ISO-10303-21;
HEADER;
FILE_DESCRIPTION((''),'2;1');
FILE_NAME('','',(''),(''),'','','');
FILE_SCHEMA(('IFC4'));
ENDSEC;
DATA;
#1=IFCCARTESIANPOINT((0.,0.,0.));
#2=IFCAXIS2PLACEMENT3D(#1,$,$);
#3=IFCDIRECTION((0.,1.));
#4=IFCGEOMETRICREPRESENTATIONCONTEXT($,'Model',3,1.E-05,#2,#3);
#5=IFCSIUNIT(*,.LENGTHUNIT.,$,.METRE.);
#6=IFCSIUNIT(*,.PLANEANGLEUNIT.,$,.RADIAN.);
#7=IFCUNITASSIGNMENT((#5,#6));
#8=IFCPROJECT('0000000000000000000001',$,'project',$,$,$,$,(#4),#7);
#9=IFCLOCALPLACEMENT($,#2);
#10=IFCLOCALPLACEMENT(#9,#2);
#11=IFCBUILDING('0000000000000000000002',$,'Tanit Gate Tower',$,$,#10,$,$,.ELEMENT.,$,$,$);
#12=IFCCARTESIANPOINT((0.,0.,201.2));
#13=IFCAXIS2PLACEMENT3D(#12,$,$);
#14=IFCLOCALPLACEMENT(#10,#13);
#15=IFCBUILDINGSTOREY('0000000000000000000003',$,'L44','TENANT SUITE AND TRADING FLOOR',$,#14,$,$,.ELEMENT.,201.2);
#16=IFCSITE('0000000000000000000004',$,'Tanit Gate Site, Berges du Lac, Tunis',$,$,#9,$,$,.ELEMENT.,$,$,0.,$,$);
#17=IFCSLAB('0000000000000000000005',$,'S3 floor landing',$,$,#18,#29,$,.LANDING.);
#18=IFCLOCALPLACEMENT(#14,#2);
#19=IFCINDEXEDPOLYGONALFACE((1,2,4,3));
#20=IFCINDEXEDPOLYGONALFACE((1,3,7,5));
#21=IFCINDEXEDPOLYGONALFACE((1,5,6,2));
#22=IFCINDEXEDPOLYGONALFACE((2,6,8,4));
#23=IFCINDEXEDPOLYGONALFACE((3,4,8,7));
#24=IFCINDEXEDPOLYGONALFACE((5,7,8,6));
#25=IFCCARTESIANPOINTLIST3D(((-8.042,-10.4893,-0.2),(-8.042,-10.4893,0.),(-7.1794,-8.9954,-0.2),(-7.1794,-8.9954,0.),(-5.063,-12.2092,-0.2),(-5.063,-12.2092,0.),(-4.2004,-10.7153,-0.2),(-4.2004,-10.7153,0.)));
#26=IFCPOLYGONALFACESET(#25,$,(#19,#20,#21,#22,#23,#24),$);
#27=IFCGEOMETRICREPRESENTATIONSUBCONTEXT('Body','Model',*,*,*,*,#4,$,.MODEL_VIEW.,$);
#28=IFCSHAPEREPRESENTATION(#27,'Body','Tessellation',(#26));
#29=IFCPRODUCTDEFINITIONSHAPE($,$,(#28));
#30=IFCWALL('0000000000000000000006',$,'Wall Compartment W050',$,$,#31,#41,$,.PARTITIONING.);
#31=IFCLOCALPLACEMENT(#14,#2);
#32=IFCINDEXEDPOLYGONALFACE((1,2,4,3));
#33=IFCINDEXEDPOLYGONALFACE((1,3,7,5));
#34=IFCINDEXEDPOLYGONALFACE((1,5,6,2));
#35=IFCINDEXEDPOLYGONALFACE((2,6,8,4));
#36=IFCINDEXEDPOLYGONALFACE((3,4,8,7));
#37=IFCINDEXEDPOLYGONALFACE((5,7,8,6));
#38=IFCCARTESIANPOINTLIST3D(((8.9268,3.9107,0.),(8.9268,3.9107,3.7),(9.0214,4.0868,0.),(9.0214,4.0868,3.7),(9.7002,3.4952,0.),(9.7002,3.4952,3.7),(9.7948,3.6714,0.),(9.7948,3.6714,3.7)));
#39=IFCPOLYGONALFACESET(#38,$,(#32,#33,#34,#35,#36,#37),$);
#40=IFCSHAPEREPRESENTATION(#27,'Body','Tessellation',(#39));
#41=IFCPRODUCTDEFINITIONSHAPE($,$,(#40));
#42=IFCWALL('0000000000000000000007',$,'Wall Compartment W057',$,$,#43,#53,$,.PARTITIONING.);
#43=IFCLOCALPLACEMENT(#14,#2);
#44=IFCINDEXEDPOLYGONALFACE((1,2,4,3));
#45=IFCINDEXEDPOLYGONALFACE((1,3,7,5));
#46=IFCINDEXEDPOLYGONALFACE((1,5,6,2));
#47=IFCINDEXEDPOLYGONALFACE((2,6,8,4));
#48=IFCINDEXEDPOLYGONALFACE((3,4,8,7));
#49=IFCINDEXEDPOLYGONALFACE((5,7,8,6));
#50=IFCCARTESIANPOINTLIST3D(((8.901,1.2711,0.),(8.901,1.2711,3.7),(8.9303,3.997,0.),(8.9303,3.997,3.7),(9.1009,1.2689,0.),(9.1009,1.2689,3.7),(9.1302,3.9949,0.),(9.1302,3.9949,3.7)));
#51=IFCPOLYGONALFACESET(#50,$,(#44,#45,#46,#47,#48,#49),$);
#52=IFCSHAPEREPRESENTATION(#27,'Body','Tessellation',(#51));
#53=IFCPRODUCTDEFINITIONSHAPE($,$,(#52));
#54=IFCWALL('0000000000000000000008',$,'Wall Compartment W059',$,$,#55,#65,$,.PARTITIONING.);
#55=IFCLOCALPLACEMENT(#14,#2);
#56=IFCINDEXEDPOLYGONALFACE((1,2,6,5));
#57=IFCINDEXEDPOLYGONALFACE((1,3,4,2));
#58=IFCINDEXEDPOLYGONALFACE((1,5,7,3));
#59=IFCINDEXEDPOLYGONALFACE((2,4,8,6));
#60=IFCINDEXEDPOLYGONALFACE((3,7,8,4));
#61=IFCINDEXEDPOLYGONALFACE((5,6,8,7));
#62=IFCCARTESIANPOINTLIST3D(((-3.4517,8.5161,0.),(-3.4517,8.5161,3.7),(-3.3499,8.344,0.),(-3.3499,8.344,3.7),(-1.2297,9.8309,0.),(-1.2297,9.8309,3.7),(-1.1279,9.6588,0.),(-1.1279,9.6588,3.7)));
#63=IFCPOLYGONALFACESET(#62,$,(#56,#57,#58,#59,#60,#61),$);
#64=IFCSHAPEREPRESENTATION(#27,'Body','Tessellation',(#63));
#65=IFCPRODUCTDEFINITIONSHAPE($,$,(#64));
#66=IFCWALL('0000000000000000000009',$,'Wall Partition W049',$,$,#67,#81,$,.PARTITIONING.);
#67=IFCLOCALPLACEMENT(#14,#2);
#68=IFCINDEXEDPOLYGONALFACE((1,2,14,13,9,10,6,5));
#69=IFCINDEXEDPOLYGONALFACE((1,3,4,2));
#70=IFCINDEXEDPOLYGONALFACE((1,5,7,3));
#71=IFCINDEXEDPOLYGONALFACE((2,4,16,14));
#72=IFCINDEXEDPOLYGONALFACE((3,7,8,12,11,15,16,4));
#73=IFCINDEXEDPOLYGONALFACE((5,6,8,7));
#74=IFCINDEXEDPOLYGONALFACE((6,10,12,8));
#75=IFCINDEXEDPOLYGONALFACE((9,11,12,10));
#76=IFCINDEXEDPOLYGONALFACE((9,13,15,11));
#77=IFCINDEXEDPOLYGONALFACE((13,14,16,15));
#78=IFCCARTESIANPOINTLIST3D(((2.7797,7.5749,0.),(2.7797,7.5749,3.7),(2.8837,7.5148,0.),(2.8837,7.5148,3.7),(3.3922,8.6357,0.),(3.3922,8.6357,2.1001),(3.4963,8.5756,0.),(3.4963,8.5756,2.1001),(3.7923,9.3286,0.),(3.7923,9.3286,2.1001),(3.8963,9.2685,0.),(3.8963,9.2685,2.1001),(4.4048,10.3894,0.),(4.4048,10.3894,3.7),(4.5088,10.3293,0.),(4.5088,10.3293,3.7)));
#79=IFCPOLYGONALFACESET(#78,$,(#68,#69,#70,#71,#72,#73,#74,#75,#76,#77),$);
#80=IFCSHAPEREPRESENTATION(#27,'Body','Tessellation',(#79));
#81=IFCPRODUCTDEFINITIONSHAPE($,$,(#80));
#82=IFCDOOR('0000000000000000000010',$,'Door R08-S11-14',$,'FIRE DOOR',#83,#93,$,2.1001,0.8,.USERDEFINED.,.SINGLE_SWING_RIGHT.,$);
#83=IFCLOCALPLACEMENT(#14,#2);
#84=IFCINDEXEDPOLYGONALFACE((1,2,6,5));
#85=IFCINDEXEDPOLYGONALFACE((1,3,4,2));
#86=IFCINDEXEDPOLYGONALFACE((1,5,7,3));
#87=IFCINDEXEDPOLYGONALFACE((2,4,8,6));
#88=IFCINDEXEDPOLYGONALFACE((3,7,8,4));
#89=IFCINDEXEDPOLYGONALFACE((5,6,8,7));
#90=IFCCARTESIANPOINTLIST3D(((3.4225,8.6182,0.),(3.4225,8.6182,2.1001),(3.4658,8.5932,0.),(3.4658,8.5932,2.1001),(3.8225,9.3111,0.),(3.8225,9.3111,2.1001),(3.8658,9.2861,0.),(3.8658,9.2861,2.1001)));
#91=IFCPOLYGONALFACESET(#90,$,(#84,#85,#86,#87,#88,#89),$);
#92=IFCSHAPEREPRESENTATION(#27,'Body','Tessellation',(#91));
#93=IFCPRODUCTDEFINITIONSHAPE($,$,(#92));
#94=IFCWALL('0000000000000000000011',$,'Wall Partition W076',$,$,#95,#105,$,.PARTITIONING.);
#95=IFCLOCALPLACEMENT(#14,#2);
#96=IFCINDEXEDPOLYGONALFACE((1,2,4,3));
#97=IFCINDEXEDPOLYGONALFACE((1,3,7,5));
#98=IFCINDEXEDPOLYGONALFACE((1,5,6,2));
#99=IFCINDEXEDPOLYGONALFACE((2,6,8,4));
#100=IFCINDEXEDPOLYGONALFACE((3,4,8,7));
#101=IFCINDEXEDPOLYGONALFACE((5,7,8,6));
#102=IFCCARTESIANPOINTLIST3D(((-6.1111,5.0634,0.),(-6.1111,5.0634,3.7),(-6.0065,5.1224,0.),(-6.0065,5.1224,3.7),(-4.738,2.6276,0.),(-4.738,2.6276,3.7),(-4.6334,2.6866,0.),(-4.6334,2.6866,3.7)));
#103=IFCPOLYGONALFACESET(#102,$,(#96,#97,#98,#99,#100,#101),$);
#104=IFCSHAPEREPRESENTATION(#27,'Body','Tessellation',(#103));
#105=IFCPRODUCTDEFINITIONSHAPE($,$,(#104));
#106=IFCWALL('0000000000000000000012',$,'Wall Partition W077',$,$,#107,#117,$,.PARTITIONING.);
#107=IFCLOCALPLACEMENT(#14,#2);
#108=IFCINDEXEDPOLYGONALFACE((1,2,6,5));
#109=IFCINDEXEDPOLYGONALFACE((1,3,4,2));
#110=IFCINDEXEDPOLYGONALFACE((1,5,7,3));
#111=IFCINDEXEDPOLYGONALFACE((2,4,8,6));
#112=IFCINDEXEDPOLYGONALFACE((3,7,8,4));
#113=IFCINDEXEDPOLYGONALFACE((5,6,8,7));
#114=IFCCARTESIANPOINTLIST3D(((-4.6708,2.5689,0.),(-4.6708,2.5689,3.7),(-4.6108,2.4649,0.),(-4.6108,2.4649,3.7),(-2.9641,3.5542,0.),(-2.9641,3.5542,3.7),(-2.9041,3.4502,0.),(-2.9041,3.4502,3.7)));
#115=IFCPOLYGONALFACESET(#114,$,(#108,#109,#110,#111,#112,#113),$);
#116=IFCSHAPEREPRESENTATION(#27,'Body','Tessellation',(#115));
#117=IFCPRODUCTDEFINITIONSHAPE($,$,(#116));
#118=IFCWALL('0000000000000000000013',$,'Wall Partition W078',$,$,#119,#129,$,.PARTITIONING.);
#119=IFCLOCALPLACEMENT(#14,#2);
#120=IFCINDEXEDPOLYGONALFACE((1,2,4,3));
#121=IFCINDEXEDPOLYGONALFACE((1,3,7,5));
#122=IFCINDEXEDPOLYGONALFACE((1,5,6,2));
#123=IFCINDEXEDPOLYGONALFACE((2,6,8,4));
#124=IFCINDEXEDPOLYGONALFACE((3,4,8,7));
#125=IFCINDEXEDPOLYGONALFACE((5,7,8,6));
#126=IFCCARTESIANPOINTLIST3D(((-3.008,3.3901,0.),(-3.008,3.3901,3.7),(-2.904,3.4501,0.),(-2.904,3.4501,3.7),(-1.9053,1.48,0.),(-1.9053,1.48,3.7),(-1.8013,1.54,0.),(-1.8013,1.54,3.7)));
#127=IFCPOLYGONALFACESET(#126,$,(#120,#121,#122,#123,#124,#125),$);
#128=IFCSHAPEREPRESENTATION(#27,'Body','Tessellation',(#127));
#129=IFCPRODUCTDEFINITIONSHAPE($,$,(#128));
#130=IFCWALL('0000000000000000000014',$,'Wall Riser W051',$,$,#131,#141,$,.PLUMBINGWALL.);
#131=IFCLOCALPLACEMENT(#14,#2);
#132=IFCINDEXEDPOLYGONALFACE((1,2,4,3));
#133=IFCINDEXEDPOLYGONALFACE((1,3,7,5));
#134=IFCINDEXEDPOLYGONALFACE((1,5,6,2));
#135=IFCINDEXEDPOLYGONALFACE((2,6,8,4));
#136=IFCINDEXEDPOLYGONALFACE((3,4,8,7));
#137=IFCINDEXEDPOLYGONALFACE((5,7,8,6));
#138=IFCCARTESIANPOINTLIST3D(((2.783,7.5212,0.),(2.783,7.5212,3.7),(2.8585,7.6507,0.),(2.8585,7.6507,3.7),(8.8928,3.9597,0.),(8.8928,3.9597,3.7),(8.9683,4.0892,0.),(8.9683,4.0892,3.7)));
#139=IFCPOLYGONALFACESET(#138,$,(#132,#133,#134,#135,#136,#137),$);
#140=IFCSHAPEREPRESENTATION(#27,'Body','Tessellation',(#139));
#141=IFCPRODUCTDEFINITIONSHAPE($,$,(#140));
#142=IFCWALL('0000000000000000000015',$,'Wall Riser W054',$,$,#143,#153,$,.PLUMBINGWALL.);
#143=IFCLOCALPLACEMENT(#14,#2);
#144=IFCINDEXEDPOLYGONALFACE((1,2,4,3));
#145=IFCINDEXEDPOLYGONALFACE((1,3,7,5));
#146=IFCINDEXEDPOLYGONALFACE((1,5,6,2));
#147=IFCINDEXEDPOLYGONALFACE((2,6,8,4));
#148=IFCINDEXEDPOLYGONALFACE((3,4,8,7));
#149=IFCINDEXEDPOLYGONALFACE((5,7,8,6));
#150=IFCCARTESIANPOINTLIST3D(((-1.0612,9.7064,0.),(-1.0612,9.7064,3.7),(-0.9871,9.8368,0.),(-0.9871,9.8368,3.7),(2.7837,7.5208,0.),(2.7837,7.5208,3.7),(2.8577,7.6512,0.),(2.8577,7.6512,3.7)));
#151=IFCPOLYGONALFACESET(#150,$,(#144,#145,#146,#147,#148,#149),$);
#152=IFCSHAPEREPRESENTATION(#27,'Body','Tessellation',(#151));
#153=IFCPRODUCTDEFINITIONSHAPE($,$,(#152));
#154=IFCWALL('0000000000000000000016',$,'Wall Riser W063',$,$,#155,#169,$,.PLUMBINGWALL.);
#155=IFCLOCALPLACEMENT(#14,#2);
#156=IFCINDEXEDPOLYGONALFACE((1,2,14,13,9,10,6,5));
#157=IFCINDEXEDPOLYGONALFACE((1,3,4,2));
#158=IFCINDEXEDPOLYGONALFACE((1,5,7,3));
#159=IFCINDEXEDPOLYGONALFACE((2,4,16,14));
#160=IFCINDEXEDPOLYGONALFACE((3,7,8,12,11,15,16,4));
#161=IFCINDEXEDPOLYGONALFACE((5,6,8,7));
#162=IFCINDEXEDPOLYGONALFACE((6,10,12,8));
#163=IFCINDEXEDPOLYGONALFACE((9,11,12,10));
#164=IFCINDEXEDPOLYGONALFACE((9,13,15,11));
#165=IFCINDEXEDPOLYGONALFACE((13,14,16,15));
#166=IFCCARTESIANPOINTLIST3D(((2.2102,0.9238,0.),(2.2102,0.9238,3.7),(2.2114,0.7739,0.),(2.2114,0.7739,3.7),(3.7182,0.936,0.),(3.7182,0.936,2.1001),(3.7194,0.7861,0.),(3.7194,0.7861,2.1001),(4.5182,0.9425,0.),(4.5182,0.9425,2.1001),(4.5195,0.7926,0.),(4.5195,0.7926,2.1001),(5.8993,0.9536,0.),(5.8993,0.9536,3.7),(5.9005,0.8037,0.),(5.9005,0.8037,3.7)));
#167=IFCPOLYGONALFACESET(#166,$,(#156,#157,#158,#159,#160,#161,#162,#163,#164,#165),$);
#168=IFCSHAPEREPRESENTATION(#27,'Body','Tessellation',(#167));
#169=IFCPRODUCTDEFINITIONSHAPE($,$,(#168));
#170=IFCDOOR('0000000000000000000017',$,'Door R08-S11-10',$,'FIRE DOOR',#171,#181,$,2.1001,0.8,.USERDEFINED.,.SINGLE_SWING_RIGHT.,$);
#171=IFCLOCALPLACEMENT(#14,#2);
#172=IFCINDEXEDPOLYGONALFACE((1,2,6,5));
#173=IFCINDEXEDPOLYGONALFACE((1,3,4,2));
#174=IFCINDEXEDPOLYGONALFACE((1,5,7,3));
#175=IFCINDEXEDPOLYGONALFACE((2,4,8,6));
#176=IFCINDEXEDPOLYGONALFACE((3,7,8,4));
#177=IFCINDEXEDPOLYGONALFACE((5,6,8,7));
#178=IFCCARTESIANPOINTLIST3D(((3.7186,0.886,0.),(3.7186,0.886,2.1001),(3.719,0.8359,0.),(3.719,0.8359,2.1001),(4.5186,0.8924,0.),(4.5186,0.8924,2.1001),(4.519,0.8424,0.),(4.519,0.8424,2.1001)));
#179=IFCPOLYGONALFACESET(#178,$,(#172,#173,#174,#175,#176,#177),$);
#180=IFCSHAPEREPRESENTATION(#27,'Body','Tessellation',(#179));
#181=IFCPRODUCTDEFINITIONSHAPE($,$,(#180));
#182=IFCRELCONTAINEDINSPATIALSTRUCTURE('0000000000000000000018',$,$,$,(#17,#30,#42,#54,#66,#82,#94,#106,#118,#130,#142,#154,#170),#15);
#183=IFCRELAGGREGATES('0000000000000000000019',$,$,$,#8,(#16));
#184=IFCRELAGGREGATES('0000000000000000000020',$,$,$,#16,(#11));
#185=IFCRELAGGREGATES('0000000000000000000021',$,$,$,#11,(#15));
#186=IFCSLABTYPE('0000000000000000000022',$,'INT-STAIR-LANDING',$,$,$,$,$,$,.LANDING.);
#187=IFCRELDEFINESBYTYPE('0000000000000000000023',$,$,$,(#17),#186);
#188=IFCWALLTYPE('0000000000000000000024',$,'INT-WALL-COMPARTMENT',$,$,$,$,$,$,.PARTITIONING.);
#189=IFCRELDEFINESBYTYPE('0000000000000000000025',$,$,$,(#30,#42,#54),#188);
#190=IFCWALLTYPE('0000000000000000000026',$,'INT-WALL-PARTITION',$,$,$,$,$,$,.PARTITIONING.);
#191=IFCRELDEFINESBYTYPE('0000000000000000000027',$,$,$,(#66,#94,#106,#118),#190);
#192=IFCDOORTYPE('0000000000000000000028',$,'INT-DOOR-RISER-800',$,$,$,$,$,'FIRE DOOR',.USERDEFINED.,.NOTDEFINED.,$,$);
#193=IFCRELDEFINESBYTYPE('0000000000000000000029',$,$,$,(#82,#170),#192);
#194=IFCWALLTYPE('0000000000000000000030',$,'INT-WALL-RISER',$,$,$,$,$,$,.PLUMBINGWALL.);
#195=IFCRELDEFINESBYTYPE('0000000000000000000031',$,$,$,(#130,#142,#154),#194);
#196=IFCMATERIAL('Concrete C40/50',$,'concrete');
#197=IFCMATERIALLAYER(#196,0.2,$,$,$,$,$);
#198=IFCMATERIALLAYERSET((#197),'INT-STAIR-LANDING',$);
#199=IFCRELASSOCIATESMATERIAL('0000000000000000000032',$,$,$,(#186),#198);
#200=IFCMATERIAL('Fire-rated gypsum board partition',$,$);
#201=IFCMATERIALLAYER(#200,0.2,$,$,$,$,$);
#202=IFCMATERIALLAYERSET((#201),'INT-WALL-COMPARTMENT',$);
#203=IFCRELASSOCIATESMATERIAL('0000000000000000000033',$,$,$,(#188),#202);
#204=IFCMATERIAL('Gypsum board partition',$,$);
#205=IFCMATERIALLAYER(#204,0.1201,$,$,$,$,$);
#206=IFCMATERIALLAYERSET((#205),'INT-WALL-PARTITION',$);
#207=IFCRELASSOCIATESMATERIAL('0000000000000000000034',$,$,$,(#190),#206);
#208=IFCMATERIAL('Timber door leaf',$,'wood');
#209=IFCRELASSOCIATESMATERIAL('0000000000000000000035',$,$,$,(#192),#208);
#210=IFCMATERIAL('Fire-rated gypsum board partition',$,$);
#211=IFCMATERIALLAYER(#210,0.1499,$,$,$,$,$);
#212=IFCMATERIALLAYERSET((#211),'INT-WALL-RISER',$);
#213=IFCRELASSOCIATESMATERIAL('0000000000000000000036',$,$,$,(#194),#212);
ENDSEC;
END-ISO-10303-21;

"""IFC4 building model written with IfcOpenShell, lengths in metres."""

from ifc_helpers import new_model, si_unit, direction, frame, frame_2d, origin, place, context, subcontext, project, spatial, polyline, rectangle, outline, extrude, material, layer, layer_set, type_object, element, fill, save


model = new_model("IFC4")

# Units and contexts
model_context = context("Model", 3, precision=1e-05, world=origin(), true_north=direction((0.0, 1.0)))
body_context = subcontext(model_context, "Body", "Model", "MODEL_VIEW")
ifc_project = project(units=[si_unit("LENGTHUNIT", "METRE"), si_unit("PLANEANGLEUNIT", "RADIAN")], contexts=[model_context])

# Site, building, storey
site_placement = place(None, origin())
site = spatial("IfcSite", under=ifc_project, at=site_placement, Name="Tanit Gate Site, Berges du Lac, Tunis", CompositionType="ELEMENT", RefElevation=0.0)
building_placement = place(site_placement, origin())
building = spatial("IfcBuilding", under=site, at=building_placement, Name="Tanit Gate Tower", CompositionType="ELEMENT")
storey_placement = place(building_placement, frame((0.0, 0.0, 201.2)))
storey = spatial("IfcBuildingStorey", under=building, at=storey_placement, Name="L44", Description="TENANT SUITE AND TRADING FLOOR", CompositionType="ELEMENT", Elevation=201.2)

# Slab
ifc_material_1 = material(Name="Concrete C40/50", Category="concrete")
ifc_layer_1 = layer(ifc_material_1, 0.2)
ifc_layer_set_1 = layer_set([ifc_layer_1], Name="INT-STAIR-LANDING")
slab_type = type_object("IfcSlabType", Name="INT-STAIR-LANDING", PredefinedType="LANDING", material=ifc_layer_set_1)
slab_placement = place(storey_placement, frame((0.0, 0.0, -0.2)))
element("IfcSlab", 1, at=slab_placement, inside=storey, type_object=slab_type, Name="S3 floor landing", PredefinedType="LANDING", context=body_context, shape_type="SweptSolid", body=[
    extrude(outline(polyline([(-7.1794, -8.9954), (-8.042, -10.4893), (-5.063, -12.2092), (-4.2004, -10.7153), (-7.1794, -8.9954)])), origin(), (0.0, 0.0, 1.0), 0.2),
])

# Walls
ifc_material_2 = material(Name="Fire-rated gypsum board partition")
ifc_layer_2 = layer(ifc_material_2, 0.2)
ifc_layer_set_2 = layer_set([ifc_layer_2], Name="INT-WALL-COMPARTMENT")
wall_type_1 = type_object("IfcWallType", Name="INT-WALL-COMPARTMENT", PredefinedType="PARTITIONING", material=ifc_layer_set_2)
wall_1_placement = place(storey_placement, frame((8.9741, 3.9988, 0.0), z_axis=(0.0, 0.0, 1.0), x_axis=(0.880917, -0.473271, 0.0)))
element("IfcWall", 2, at=wall_1_placement, inside=storey, type_object=wall_type_1, Name="Wall Compartment W050", PredefinedType="PARTITIONING", context=body_context, shape_type="SweptSolid", body=[
    extrude(rectangle(XDim=0.8779, YDim=0.2, at=frame_2d((0.439, 0.0))), origin(), (0.0, 0.0, 1.0), 3.7),
])
wall_2_placement = place(storey_placement, frame((9.001, 1.27, 0.0), z_axis=(0.0, 0.0, 1.0), x_axis=(0.010747, 0.999942, 0.0)))
element("IfcWall", 3, at=wall_2_placement, inside=storey, type_object=wall_type_1, Name="Wall Compartment W057", PredefinedType="PARTITIONING", context=body_context, shape_type="SweptSolid", body=[
    extrude(rectangle(XDim=2.7261, YDim=0.2, at=frame_2d((1.363, 0.0))), origin(), (0.0, 0.0, 1.0), 3.7),
])
wall_3_placement = place(storey_placement, frame((-1.1787, 9.7449, 0.0), z_axis=(0.0, 0.0, 1.0), x_axis=(-0.860631, -0.509229, 0.0)))
element("IfcWall", 4, at=wall_3_placement, inside=storey, type_object=wall_type_1, Name="Wall Compartment W059", PredefinedType="PARTITIONING", context=body_context, shape_type="SweptSolid", body=[
    extrude(rectangle(XDim=2.5818, YDim=0.2, at=frame_2d((1.291, 0.0))), origin(), (0.0, 0.0, 1.0), 3.7),
])

# Wall, opening, door
ifc_material_3 = material(Name="Gypsum board partition")
ifc_layer_3 = layer(ifc_material_3, 0.1201)
ifc_layer_set_3 = layer_set([ifc_layer_3], Name="INT-WALL-PARTITION")
wall_type_2 = type_object("IfcWallType", Name="INT-WALL-PARTITION", PredefinedType="PARTITIONING", material=ifc_layer_set_3)
wall_4_placement = place(storey_placement, frame((4.4568, 10.3594, 0.0), z_axis=(0.0, 0.0, 1.0), x_axis=(-0.500017, -0.866015, 0.0)))
wall_4 = element("IfcWall", 5, at=wall_4_placement, inside=storey, type_object=wall_type_2, Name="Wall Partition W049", PredefinedType="PARTITIONING", context=body_context, shape_type="SweptSolid", body=[
    extrude(rectangle(XDim=3.25, YDim=0.1201, at=frame_2d((1.625, 0.0))), origin(), (0.0, 0.0, 1.0), 3.7),
])
opening_1_placement = place(wall_4_placement, frame((1.2251, 0.0, 0.0)))
opening_1 = element("IfcOpeningElement", 6, at=opening_1_placement, cuts=wall_4, PredefinedType="OPENING", context=body_context, shape_type="SweptSolid", body=[
    extrude(rectangle(XDim=0.8, YDim=2.1001, at=frame_2d((0.3999, 1.05))), frame((0.0, 0.0701, 0.0), z_axis=(0.0, -1.0, 0.0), x_axis=(1.0, 0.0, 0.0)), (0.0, 0.0, 1.0), 0.1401),
])
ifc_material_4 = material(Name="Timber door leaf", Category="wood")
door_type_1 = type_object("IfcDoorType", Name="INT-DOOR-RISER-800", ElementType="FIRE DOOR", OperationType="NOTDEFINED", PredefinedType="USERDEFINED", material=ifc_material_4)
door_1_placement = place(opening_1_placement, origin())
door_1 = element("IfcDoor", 7, at=door_1_placement, inside=storey, type_object=door_type_1, Name="Door R08-S11-14", ObjectType="FIRE DOOR", OperationType="SINGLE_SWING_RIGHT", OverallHeight=2.1001, OverallWidth=0.8, PredefinedType="USERDEFINED", context=body_context, shape_type="SweptSolid", body=[
    extrude(rectangle(XDim=0.8, YDim=2.1001, at=frame_2d((0.3999, 1.05))), frame((0.0, 0.0249, 0.0), z_axis=(0.0, -1.0, 0.0), x_axis=(1.0, 0.0, 0.0)), (0.0, 0.0, 1.0), 0.05),
])
fill(opening_1, door_1)

# Walls
wall_5_placement = place(storey_placement, frame((-4.6858, 2.6572, 0.0), z_axis=(0.0, 0.0, 1.0), x_axis=(-0.491053, 0.87113, 0.0)))
element("IfcWall", 8, at=wall_5_placement, inside=storey, type_object=wall_type_2, Name="Wall Partition W076", PredefinedType="PARTITIONING", context=body_context, shape_type="SweptSolid", body=[
    extrude(rectangle(XDim=2.7961, YDim=0.1201, at=frame_2d((1.3979, 0.0))), origin(), (0.0, 0.0, 1.0), 3.7),
])
wall_6_placement = place(storey_placement, frame((-2.9341, 3.5022, 0.0), z_axis=(0.0, 0.0, 1.0), x_axis=(-0.866039, -0.499976, 0.0)))
element("IfcWall", 9, at=wall_6_placement, inside=storey, type_object=wall_type_2, Name="Wall Partition W077", PredefinedType="PARTITIONING", context=body_context, shape_type="SweptSolid", body=[
    extrude(rectangle(XDim=1.9707, YDim=0.1201, at=frame_2d((0.9854, 0.0))), origin(), (0.0, 0.0, 1.0), 3.7),
])
wall_7_placement = place(storey_placement, frame((-1.8533, 1.51, 0.0), z_axis=(0.0, 0.0, 1.0), x_axis=(-0.499984, 0.866034, 0.0)))
element("IfcWall", 10, at=wall_7_placement, inside=storey, type_object=wall_type_2, Name="Wall Partition W078", PredefinedType="PARTITIONING", context=body_context, shape_type="SweptSolid", body=[
    extrude(rectangle(XDim=2.2056, YDim=0.1201, at=frame_2d((1.1028, 0.0))), origin(), (0.0, 0.0, 1.0), 3.7),
])
ifc_material_5 = material(Name="Fire-rated gypsum board partition")
ifc_layer_4 = layer(ifc_material_5, 0.1499)
ifc_layer_set_4 = layer_set([ifc_layer_4], Name="INT-WALL-RISER")
wall_type_3 = type_object("IfcWallType", Name="INT-WALL-RISER", PredefinedType="PLUMBINGWALL", material=ifc_layer_set_4)
wall_8_placement = place(storey_placement, frame((8.9307, 4.0244, 0.0), z_axis=(0.0, 0.0, 1.0), x_axis=(-0.863937, 0.503601, 0.0)))
element("IfcWall", 11, at=wall_8_placement, inside=storey, type_object=wall_type_3, Name="Wall Riser W051", PredefinedType="PLUMBINGWALL", context=body_context, shape_type="SweptSolid", body=[
    extrude(rectangle(XDim=7.072, YDim=0.1499, at=frame_2d((3.5361, 0.0))), origin(), (0.0, 0.0, 1.0), 3.7),
])
wall_9_placement = place(storey_placement, frame((2.8208, 7.5859, 0.0), z_axis=(0.0, 0.0, 1.0), x_axis=(-0.869355, 0.494188, 0.0)))
element("IfcWall", 12, at=wall_9_placement, inside=storey, type_object=wall_type_3, Name="Wall Riser W054", PredefinedType="PLUMBINGWALL", context=body_context, shape_type="SweptSolid", body=[
    extrude(rectangle(XDim=4.4226, YDim=0.1499, at=frame_2d((2.2114, 0.0))), origin(), (0.0, 0.0, 1.0), 3.7),
])

# Wall, opening, door
wall_10_placement = place(storey_placement, frame((2.2107, 0.8489, 0.0), z_axis=(0.0, 0.0, 1.0), x_axis=(0.999967, 0.008073, 0.0)))
wall_10 = element("IfcWall", 13, at=wall_10_placement, inside=storey, type_object=wall_type_3, Name="Wall Riser W063", PredefinedType="PLUMBINGWALL", context=body_context, shape_type="SweptSolid", body=[
    extrude(rectangle(XDim=3.6892, YDim=0.1499, at=frame_2d((1.8447, 0.0))), origin(), (0.0, 0.0, 1.0), 3.7),
])
opening_2_placement = place(wall_10_placement, frame((1.5083, 0.0, 0.0)))
opening_2 = element("IfcOpeningElement", 14, at=opening_2_placement, cuts=wall_10, PredefinedType="OPENING", context=body_context, shape_type="SweptSolid", body=[
    extrude(rectangle(XDim=0.8, YDim=2.1001, at=frame_2d((0.3999, 1.05))), frame((0.0, 0.085, 0.0), z_axis=(0.0, -1.0, 0.0), x_axis=(1.0, 0.0, 0.0)), (0.0, 0.0, 1.0), 0.1699),
])
door_2_placement = place(opening_2_placement, origin())
door_2 = element("IfcDoor", 15, at=door_2_placement, inside=storey, type_object=door_type_1, Name="Door R08-S11-10", ObjectType="FIRE DOOR", OperationType="SINGLE_SWING_RIGHT", OverallHeight=2.1001, OverallWidth=0.8, PredefinedType="USERDEFINED", context=body_context, shape_type="SweptSolid", body=[
    extrude(rectangle(XDim=0.8, YDim=2.1001, at=frame_2d((0.3999, 1.05))), frame((0.0, 0.0249, 0.0), z_axis=(0.0, -1.0, 0.0), x_axis=(1.0, 0.0, 0.0)), (0.0, 0.0, 1.0), 0.05),
])
fill(opening_2, door_2)

save(model, "model.ifc")
